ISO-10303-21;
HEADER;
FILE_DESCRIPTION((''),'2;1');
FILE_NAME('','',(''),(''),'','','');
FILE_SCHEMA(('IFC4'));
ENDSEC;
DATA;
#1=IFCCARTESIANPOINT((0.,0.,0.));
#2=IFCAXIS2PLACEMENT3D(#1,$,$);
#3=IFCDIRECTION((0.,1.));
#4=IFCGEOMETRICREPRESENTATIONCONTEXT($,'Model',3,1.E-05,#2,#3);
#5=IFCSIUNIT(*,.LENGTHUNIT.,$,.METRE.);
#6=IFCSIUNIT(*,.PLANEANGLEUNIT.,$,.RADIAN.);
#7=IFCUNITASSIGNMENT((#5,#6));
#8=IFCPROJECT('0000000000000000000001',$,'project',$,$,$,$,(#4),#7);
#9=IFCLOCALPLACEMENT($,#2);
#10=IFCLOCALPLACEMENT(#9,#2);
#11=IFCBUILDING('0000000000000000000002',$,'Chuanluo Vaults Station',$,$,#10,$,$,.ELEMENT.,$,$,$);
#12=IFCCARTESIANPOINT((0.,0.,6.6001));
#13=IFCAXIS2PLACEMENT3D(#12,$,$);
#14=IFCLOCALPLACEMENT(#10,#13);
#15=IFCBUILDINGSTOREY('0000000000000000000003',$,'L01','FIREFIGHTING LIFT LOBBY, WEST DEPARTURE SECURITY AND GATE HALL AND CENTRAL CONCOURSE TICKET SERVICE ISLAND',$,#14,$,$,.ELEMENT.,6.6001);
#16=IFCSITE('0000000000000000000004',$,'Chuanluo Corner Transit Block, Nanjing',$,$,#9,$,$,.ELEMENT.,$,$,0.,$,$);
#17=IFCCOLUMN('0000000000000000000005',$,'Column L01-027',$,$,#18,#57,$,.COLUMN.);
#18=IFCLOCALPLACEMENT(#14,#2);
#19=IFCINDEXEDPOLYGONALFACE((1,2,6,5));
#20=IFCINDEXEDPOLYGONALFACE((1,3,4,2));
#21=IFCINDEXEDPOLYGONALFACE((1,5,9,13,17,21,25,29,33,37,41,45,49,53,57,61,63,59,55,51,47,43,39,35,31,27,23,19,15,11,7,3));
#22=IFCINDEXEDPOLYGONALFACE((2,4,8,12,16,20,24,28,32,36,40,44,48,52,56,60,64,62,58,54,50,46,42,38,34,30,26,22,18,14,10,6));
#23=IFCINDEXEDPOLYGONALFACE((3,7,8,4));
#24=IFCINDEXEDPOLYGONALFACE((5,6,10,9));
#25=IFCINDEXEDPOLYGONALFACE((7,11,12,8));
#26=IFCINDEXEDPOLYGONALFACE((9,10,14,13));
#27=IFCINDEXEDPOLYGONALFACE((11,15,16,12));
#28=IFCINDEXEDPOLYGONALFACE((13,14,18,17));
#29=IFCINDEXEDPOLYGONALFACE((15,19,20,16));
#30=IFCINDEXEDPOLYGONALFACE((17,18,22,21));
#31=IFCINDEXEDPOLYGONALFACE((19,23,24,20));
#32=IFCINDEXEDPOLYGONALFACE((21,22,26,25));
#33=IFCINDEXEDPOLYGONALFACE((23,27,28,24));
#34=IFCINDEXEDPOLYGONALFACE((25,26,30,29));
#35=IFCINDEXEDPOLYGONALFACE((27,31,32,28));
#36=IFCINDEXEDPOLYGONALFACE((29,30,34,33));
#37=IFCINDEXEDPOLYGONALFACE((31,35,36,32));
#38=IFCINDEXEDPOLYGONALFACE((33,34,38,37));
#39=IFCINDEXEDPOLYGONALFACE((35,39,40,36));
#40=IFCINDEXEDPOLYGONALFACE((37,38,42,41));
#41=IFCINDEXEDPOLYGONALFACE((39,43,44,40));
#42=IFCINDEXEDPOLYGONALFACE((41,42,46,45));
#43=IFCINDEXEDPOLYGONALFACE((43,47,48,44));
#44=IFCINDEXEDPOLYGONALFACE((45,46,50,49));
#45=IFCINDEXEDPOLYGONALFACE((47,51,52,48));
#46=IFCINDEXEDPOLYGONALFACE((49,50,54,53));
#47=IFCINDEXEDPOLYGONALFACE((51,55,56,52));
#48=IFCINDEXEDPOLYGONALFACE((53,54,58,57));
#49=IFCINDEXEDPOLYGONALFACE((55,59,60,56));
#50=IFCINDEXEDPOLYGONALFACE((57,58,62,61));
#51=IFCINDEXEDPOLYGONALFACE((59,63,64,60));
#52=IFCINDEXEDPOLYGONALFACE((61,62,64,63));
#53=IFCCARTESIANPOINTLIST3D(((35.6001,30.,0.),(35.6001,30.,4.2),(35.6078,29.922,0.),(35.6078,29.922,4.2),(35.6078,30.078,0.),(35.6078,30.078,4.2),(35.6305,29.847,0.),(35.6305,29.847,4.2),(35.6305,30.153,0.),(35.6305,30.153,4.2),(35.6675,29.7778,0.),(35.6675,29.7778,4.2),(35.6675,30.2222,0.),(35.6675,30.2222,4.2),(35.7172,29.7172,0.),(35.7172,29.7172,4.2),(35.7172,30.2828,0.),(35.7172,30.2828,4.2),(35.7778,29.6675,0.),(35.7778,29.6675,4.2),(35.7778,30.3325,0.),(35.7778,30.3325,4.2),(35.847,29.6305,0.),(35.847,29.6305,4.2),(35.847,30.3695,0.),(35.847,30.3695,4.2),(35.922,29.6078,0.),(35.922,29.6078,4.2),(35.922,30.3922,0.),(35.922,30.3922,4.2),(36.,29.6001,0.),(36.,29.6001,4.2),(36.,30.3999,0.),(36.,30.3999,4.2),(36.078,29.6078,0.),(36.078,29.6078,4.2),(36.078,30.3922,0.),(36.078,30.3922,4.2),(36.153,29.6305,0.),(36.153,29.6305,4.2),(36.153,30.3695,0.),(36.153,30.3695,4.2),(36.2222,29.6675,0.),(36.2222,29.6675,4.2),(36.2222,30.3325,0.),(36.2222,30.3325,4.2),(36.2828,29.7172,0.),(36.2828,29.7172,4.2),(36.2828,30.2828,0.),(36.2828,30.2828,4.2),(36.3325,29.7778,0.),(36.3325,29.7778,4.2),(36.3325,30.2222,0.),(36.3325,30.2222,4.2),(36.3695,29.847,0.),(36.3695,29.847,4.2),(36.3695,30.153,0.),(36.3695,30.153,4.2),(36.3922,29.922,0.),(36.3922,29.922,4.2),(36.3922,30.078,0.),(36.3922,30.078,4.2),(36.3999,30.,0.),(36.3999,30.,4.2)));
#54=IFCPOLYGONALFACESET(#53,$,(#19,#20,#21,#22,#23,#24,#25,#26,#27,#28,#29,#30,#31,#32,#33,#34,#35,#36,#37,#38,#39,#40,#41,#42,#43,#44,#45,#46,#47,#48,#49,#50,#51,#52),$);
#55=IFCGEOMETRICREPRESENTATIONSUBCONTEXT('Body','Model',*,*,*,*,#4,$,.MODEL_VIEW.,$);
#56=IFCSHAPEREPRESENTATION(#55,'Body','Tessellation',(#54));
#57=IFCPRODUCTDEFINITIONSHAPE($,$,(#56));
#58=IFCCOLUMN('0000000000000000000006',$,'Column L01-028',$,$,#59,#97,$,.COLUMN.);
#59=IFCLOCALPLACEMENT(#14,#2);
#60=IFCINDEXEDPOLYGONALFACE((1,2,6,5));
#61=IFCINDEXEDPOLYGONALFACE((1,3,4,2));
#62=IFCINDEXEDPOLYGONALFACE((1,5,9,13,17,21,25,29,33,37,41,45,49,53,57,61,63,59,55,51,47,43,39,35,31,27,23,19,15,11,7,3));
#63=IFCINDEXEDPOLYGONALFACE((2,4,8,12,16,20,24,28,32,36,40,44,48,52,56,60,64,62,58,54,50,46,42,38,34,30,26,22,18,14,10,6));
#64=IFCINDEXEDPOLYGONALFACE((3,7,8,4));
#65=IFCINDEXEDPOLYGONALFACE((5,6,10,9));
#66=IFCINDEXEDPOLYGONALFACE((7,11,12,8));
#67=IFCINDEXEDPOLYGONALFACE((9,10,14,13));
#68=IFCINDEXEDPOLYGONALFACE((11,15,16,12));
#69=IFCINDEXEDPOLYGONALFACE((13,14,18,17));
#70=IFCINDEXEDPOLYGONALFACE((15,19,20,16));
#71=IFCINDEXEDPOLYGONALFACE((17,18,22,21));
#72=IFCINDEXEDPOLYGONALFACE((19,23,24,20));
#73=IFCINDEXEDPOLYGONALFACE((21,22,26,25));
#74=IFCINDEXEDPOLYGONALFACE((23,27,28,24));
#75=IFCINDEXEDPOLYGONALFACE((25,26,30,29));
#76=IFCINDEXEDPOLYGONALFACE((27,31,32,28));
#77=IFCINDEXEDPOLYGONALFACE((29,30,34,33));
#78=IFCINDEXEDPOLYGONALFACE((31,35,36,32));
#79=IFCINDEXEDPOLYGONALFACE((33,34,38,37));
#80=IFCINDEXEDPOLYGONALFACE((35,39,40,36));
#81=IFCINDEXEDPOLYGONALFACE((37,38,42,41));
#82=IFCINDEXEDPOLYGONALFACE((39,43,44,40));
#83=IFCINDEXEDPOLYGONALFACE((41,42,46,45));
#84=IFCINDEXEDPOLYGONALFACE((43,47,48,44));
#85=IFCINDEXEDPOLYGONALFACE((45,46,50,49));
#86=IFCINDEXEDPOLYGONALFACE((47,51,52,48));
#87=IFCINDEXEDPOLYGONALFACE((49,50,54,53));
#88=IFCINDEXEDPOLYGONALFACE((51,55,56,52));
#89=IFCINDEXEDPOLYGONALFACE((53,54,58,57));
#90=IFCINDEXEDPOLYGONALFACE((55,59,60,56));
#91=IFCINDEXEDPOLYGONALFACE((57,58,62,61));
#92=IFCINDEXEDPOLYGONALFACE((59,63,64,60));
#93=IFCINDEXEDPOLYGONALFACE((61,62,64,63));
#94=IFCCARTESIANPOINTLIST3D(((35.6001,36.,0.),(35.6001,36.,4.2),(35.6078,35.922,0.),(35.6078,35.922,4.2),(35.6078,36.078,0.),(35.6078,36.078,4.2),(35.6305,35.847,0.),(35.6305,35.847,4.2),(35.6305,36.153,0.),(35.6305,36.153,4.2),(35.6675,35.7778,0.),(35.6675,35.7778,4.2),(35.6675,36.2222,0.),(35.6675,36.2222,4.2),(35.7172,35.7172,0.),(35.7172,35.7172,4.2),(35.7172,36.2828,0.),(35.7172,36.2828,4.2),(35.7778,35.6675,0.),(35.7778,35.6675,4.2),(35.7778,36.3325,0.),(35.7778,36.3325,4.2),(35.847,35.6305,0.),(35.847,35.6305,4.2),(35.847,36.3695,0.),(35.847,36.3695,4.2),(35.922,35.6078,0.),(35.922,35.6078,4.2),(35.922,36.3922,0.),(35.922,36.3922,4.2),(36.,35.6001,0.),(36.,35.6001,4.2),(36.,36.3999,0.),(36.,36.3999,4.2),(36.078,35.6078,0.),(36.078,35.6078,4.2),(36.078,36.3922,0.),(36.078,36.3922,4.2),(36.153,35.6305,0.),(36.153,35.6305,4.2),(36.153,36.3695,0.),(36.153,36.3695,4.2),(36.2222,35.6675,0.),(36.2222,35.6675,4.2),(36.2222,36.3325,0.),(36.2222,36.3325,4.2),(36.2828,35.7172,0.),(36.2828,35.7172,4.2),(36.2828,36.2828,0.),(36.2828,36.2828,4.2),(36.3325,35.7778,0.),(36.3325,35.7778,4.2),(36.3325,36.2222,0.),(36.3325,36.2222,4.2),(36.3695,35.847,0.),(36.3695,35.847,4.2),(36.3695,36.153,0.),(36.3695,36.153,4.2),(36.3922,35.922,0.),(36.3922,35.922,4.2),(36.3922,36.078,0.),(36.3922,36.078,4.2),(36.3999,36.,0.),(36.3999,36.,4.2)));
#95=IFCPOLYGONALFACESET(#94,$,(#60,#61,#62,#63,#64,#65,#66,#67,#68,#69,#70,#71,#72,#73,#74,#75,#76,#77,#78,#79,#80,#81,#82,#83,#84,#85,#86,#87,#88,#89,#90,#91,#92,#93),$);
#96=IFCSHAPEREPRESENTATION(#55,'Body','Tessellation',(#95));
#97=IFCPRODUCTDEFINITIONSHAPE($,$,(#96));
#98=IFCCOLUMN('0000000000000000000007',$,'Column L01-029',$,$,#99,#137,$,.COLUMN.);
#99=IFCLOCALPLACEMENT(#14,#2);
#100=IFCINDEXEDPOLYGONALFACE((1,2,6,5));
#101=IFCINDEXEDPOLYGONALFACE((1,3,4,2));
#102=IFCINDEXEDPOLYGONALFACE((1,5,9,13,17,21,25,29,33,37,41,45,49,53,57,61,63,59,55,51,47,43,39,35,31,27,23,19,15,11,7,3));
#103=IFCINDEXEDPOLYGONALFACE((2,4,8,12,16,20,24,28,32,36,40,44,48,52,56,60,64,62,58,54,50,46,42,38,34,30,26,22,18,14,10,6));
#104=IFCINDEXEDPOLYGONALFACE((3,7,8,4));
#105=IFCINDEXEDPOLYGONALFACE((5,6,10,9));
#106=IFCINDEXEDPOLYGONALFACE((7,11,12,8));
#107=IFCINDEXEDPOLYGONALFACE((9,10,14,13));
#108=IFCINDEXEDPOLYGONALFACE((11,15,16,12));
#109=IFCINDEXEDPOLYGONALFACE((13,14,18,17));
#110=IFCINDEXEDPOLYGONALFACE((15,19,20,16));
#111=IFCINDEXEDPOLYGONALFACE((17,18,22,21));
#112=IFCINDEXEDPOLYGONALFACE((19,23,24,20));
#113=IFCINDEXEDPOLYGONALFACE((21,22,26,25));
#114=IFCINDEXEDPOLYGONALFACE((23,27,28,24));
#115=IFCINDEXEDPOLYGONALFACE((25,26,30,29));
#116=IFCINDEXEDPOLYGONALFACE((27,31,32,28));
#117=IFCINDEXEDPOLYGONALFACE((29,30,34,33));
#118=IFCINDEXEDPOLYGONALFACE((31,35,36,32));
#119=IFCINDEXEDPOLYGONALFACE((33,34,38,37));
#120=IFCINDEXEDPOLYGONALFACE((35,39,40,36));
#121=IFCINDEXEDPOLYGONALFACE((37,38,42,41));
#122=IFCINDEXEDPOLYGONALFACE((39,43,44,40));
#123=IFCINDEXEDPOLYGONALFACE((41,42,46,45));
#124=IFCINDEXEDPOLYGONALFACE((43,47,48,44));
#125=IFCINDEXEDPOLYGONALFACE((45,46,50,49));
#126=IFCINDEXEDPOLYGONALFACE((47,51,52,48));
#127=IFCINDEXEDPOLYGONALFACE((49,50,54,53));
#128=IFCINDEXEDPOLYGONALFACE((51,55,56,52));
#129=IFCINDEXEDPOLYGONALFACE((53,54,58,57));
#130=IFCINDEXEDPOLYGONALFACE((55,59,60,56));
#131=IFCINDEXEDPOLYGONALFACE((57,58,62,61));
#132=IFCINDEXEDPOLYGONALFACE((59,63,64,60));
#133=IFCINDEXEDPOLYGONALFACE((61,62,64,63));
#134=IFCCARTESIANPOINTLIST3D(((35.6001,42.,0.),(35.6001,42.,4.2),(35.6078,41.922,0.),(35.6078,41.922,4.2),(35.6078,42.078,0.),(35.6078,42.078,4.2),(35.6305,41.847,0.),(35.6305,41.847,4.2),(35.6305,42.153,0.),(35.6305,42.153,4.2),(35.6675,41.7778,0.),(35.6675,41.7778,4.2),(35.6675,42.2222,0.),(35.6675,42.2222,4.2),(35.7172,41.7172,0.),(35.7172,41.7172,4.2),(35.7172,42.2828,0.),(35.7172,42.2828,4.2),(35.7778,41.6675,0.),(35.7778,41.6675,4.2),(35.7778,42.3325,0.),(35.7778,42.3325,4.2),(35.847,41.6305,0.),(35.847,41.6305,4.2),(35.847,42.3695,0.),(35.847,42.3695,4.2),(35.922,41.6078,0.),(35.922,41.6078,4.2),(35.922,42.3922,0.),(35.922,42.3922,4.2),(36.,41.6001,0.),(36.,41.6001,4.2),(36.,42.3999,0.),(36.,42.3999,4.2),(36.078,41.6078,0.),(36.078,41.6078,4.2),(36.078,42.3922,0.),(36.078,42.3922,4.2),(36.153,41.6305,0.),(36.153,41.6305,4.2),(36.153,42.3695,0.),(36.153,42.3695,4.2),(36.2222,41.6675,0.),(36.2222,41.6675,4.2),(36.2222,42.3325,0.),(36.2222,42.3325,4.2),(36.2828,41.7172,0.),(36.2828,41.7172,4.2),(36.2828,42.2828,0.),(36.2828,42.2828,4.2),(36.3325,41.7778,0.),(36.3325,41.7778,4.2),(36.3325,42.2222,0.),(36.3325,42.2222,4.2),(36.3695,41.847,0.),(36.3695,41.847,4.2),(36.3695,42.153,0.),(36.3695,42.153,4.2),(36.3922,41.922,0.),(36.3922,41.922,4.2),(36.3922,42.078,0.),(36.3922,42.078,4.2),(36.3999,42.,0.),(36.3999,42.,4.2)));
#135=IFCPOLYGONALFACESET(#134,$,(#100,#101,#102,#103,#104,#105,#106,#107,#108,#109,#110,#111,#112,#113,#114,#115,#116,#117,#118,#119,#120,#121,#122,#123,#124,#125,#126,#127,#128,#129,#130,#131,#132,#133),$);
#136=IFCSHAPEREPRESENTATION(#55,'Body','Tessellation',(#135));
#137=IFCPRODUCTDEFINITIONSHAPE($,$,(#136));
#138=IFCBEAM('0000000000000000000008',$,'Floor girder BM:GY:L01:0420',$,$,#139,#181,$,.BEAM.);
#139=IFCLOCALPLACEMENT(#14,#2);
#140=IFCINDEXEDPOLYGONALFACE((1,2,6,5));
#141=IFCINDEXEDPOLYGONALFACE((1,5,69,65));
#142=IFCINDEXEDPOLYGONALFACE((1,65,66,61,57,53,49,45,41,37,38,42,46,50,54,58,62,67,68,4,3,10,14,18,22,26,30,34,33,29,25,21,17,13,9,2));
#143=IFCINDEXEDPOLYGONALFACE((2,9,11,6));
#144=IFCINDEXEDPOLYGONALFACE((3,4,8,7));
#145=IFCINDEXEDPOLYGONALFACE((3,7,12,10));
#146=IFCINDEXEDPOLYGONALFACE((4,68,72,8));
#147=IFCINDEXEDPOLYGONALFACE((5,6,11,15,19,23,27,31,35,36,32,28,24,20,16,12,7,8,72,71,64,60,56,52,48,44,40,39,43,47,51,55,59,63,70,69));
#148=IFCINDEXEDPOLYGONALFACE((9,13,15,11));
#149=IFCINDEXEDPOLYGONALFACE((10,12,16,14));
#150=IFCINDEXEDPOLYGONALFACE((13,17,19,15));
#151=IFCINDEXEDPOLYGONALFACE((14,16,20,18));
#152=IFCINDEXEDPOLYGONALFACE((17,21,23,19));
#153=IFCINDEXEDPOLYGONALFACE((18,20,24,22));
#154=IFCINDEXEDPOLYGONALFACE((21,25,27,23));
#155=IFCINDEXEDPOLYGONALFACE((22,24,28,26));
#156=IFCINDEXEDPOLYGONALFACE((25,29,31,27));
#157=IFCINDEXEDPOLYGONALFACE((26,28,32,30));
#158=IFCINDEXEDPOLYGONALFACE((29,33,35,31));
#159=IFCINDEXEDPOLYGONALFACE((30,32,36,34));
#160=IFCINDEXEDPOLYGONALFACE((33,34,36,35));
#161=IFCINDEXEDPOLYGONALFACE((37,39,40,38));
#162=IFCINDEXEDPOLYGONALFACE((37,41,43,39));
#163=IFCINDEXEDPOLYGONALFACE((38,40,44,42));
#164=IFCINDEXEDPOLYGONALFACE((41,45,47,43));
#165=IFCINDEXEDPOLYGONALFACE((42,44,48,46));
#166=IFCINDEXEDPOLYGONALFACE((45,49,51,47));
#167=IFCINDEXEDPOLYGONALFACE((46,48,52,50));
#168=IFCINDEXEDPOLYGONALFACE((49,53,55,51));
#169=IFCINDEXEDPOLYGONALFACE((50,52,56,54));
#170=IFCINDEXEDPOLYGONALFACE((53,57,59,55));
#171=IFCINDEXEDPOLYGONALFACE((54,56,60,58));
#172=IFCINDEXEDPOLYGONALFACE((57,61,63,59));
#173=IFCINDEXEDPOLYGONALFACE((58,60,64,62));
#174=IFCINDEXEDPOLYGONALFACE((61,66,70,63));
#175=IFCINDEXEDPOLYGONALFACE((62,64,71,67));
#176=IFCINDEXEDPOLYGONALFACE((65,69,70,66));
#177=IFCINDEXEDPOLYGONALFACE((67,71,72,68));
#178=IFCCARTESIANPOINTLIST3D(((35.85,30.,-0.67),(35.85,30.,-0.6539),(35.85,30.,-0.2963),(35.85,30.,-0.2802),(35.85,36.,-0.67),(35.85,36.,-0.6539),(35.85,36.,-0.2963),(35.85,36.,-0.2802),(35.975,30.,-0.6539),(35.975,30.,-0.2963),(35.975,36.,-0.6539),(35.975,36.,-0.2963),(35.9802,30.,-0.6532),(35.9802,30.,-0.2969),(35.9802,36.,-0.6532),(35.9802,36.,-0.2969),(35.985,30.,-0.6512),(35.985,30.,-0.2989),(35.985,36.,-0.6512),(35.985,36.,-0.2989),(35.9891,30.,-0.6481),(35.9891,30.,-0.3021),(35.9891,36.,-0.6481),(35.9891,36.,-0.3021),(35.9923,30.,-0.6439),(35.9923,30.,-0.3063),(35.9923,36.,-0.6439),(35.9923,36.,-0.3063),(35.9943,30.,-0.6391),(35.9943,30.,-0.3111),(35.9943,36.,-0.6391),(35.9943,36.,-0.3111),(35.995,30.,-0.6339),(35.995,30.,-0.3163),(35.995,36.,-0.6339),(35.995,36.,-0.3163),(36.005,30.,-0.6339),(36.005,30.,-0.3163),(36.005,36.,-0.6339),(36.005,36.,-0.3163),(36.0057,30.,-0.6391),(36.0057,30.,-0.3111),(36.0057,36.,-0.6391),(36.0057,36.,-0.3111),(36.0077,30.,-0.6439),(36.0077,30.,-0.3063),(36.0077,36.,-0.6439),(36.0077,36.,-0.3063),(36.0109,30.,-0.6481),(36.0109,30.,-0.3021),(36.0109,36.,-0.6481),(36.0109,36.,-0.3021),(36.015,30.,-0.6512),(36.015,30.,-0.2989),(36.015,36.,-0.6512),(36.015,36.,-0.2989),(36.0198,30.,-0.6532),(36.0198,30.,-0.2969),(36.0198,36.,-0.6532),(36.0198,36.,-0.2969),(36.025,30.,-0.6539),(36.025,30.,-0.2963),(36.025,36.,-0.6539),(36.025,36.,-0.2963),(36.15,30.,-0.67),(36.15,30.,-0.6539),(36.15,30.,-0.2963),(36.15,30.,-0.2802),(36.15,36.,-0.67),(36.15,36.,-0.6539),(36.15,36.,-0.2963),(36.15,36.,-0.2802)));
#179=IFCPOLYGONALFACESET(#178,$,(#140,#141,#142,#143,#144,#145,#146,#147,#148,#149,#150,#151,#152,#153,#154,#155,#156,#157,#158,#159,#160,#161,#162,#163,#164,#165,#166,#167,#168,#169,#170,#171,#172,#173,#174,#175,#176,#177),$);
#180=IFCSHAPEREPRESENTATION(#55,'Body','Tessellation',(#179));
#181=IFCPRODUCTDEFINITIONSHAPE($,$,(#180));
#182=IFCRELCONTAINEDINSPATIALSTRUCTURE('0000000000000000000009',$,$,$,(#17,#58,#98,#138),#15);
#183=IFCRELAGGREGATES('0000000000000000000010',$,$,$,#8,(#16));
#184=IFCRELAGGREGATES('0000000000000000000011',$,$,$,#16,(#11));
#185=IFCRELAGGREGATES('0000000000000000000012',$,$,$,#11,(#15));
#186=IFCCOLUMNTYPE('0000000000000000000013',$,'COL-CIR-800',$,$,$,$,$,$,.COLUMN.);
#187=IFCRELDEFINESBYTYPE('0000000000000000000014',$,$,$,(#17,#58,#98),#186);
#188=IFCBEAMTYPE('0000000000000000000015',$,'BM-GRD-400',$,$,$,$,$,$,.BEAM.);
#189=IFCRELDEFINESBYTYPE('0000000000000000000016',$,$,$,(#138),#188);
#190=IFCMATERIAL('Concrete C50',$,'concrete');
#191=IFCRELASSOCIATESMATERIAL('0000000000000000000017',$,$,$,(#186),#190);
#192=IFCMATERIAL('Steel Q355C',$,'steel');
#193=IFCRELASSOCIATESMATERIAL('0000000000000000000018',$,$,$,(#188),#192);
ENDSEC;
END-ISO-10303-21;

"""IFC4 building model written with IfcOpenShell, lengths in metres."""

from ifc_helpers import new_model, si_unit, direction, frame, origin, origin_2d, place, context, subcontext, project, spatial, circle, i_section, extrude, material, material_profile, profile_set, type_object, element, save


model = new_model("IFC4")

# Units and contexts
model_context = context("Model", 3, precision=1e-05, world=origin(), true_north=direction((0.0, 1.0)))
body_context = subcontext(model_context, "Body", "Model", "MODEL_VIEW")
ifc_project = project(units=[si_unit("LENGTHUNIT", "METRE"), si_unit("PLANEANGLEUNIT", "RADIAN")], contexts=[model_context])

# Site, building, storey
site_placement = place(None, origin())
site = spatial("IfcSite", under=ifc_project, at=site_placement, Name="Chuanluo Corner Transit Block, Nanjing", CompositionType="ELEMENT", RefElevation=0.0)
building_placement = place(site_placement, origin())
building = spatial("IfcBuilding", under=site, at=building_placement, Name="Chuanluo Vaults Station", CompositionType="ELEMENT")
storey_placement = place(building_placement, frame((0.0, 0.0, 6.6001)))
storey = spatial("IfcBuildingStorey", under=building, at=storey_placement, Name="L01", Description="FIREFIGHTING LIFT LOBBY, WEST DEPARTURE SECURITY AND GATE HALL AND CENTRAL CONCOURSE TICKET SERVICE ISLAND", CompositionType="ELEMENT", Elevation=6.6001)

# Columns
ifc_material_1 = material(Name="Concrete C50", Category="concrete")
ifc_material_profile_1 = material_profile(ifc_material_1, circle(Radius=0.3999, at=origin_2d()))
ifc_profile_set_1 = profile_set([ifc_material_profile_1], Name="Concrete C50")
column_type = type_object("IfcColumnType", Name="COL-CIR-800", PredefinedType="COLUMN", material=ifc_profile_set_1)
for number, where, z_axis, x_axis, name in (
    (1, (36.0, 30.0, 0.0), (0.0, 0.0, 1.0), (1.0, 0.0, 0.0), "Column L01-027"),
    (2, (36.0, 36.0, 0.0), (0.0, 0.0, 1.0), (1.0, 0.0, 0.0), "Column L01-028"),
    (3, (36.0, 42.0, 0.0), (0.0, 0.0, 1.0), (1.0, 0.0, 0.0), "Column L01-029"),
):
    element("IfcColumn", number, at=place(storey_placement, frame(where, z_axis=z_axis, x_axis=x_axis)), inside=storey, type_object=column_type, Name=name, PredefinedType="COLUMN", context=body_context, shape_type="SweptSolid", body=[
        extrude(circle(Radius=0.3999, at=origin_2d()), origin(), (0.0, 0.0, 1.0), 4.2),
    ])

# Beam
ifc_material_2 = material(Name="Steel Q355C", Category="steel")
ifc_material_profile_2 = material_profile(ifc_material_2, i_section(OverallWidth=0.3, OverallDepth=0.3899, WebThickness=0.01, FlangeThickness=0.0161, FilletRadius=0.02, at=origin_2d()))
ifc_profile_set_2 = profile_set([ifc_material_profile_2], Name="Steel Q355C")
beam_type_1 = type_object("IfcBeamType", Name="BM-GRD-400", PredefinedType="BEAM", material=ifc_profile_set_2)
for number, where, z_axis, x_axis, name in (
    (4, (36.0, 30.0, -0.4751), (0.0, 1.0, 0.0), (-1.0, 0.0, 0.0), "Floor girder BM:GY:L01:0420"),
):
    element("IfcBeam", number, at=place(storey_placement, frame(where, z_axis=z_axis, x_axis=x_axis)), inside=storey, type_object=beam_type_1, Name=name, PredefinedType="BEAM", context=body_context, shape_type="SweptSolid", body=[
        extrude(i_section(OverallWidth=0.3, OverallDepth=0.3899, WebThickness=0.01, FlangeThickness=0.0161, FilletRadius=0.02, at=origin_2d()), origin(), (0.0, 0.0, 1.0), 6.0),
    ])

save(model, "model.ifc")
